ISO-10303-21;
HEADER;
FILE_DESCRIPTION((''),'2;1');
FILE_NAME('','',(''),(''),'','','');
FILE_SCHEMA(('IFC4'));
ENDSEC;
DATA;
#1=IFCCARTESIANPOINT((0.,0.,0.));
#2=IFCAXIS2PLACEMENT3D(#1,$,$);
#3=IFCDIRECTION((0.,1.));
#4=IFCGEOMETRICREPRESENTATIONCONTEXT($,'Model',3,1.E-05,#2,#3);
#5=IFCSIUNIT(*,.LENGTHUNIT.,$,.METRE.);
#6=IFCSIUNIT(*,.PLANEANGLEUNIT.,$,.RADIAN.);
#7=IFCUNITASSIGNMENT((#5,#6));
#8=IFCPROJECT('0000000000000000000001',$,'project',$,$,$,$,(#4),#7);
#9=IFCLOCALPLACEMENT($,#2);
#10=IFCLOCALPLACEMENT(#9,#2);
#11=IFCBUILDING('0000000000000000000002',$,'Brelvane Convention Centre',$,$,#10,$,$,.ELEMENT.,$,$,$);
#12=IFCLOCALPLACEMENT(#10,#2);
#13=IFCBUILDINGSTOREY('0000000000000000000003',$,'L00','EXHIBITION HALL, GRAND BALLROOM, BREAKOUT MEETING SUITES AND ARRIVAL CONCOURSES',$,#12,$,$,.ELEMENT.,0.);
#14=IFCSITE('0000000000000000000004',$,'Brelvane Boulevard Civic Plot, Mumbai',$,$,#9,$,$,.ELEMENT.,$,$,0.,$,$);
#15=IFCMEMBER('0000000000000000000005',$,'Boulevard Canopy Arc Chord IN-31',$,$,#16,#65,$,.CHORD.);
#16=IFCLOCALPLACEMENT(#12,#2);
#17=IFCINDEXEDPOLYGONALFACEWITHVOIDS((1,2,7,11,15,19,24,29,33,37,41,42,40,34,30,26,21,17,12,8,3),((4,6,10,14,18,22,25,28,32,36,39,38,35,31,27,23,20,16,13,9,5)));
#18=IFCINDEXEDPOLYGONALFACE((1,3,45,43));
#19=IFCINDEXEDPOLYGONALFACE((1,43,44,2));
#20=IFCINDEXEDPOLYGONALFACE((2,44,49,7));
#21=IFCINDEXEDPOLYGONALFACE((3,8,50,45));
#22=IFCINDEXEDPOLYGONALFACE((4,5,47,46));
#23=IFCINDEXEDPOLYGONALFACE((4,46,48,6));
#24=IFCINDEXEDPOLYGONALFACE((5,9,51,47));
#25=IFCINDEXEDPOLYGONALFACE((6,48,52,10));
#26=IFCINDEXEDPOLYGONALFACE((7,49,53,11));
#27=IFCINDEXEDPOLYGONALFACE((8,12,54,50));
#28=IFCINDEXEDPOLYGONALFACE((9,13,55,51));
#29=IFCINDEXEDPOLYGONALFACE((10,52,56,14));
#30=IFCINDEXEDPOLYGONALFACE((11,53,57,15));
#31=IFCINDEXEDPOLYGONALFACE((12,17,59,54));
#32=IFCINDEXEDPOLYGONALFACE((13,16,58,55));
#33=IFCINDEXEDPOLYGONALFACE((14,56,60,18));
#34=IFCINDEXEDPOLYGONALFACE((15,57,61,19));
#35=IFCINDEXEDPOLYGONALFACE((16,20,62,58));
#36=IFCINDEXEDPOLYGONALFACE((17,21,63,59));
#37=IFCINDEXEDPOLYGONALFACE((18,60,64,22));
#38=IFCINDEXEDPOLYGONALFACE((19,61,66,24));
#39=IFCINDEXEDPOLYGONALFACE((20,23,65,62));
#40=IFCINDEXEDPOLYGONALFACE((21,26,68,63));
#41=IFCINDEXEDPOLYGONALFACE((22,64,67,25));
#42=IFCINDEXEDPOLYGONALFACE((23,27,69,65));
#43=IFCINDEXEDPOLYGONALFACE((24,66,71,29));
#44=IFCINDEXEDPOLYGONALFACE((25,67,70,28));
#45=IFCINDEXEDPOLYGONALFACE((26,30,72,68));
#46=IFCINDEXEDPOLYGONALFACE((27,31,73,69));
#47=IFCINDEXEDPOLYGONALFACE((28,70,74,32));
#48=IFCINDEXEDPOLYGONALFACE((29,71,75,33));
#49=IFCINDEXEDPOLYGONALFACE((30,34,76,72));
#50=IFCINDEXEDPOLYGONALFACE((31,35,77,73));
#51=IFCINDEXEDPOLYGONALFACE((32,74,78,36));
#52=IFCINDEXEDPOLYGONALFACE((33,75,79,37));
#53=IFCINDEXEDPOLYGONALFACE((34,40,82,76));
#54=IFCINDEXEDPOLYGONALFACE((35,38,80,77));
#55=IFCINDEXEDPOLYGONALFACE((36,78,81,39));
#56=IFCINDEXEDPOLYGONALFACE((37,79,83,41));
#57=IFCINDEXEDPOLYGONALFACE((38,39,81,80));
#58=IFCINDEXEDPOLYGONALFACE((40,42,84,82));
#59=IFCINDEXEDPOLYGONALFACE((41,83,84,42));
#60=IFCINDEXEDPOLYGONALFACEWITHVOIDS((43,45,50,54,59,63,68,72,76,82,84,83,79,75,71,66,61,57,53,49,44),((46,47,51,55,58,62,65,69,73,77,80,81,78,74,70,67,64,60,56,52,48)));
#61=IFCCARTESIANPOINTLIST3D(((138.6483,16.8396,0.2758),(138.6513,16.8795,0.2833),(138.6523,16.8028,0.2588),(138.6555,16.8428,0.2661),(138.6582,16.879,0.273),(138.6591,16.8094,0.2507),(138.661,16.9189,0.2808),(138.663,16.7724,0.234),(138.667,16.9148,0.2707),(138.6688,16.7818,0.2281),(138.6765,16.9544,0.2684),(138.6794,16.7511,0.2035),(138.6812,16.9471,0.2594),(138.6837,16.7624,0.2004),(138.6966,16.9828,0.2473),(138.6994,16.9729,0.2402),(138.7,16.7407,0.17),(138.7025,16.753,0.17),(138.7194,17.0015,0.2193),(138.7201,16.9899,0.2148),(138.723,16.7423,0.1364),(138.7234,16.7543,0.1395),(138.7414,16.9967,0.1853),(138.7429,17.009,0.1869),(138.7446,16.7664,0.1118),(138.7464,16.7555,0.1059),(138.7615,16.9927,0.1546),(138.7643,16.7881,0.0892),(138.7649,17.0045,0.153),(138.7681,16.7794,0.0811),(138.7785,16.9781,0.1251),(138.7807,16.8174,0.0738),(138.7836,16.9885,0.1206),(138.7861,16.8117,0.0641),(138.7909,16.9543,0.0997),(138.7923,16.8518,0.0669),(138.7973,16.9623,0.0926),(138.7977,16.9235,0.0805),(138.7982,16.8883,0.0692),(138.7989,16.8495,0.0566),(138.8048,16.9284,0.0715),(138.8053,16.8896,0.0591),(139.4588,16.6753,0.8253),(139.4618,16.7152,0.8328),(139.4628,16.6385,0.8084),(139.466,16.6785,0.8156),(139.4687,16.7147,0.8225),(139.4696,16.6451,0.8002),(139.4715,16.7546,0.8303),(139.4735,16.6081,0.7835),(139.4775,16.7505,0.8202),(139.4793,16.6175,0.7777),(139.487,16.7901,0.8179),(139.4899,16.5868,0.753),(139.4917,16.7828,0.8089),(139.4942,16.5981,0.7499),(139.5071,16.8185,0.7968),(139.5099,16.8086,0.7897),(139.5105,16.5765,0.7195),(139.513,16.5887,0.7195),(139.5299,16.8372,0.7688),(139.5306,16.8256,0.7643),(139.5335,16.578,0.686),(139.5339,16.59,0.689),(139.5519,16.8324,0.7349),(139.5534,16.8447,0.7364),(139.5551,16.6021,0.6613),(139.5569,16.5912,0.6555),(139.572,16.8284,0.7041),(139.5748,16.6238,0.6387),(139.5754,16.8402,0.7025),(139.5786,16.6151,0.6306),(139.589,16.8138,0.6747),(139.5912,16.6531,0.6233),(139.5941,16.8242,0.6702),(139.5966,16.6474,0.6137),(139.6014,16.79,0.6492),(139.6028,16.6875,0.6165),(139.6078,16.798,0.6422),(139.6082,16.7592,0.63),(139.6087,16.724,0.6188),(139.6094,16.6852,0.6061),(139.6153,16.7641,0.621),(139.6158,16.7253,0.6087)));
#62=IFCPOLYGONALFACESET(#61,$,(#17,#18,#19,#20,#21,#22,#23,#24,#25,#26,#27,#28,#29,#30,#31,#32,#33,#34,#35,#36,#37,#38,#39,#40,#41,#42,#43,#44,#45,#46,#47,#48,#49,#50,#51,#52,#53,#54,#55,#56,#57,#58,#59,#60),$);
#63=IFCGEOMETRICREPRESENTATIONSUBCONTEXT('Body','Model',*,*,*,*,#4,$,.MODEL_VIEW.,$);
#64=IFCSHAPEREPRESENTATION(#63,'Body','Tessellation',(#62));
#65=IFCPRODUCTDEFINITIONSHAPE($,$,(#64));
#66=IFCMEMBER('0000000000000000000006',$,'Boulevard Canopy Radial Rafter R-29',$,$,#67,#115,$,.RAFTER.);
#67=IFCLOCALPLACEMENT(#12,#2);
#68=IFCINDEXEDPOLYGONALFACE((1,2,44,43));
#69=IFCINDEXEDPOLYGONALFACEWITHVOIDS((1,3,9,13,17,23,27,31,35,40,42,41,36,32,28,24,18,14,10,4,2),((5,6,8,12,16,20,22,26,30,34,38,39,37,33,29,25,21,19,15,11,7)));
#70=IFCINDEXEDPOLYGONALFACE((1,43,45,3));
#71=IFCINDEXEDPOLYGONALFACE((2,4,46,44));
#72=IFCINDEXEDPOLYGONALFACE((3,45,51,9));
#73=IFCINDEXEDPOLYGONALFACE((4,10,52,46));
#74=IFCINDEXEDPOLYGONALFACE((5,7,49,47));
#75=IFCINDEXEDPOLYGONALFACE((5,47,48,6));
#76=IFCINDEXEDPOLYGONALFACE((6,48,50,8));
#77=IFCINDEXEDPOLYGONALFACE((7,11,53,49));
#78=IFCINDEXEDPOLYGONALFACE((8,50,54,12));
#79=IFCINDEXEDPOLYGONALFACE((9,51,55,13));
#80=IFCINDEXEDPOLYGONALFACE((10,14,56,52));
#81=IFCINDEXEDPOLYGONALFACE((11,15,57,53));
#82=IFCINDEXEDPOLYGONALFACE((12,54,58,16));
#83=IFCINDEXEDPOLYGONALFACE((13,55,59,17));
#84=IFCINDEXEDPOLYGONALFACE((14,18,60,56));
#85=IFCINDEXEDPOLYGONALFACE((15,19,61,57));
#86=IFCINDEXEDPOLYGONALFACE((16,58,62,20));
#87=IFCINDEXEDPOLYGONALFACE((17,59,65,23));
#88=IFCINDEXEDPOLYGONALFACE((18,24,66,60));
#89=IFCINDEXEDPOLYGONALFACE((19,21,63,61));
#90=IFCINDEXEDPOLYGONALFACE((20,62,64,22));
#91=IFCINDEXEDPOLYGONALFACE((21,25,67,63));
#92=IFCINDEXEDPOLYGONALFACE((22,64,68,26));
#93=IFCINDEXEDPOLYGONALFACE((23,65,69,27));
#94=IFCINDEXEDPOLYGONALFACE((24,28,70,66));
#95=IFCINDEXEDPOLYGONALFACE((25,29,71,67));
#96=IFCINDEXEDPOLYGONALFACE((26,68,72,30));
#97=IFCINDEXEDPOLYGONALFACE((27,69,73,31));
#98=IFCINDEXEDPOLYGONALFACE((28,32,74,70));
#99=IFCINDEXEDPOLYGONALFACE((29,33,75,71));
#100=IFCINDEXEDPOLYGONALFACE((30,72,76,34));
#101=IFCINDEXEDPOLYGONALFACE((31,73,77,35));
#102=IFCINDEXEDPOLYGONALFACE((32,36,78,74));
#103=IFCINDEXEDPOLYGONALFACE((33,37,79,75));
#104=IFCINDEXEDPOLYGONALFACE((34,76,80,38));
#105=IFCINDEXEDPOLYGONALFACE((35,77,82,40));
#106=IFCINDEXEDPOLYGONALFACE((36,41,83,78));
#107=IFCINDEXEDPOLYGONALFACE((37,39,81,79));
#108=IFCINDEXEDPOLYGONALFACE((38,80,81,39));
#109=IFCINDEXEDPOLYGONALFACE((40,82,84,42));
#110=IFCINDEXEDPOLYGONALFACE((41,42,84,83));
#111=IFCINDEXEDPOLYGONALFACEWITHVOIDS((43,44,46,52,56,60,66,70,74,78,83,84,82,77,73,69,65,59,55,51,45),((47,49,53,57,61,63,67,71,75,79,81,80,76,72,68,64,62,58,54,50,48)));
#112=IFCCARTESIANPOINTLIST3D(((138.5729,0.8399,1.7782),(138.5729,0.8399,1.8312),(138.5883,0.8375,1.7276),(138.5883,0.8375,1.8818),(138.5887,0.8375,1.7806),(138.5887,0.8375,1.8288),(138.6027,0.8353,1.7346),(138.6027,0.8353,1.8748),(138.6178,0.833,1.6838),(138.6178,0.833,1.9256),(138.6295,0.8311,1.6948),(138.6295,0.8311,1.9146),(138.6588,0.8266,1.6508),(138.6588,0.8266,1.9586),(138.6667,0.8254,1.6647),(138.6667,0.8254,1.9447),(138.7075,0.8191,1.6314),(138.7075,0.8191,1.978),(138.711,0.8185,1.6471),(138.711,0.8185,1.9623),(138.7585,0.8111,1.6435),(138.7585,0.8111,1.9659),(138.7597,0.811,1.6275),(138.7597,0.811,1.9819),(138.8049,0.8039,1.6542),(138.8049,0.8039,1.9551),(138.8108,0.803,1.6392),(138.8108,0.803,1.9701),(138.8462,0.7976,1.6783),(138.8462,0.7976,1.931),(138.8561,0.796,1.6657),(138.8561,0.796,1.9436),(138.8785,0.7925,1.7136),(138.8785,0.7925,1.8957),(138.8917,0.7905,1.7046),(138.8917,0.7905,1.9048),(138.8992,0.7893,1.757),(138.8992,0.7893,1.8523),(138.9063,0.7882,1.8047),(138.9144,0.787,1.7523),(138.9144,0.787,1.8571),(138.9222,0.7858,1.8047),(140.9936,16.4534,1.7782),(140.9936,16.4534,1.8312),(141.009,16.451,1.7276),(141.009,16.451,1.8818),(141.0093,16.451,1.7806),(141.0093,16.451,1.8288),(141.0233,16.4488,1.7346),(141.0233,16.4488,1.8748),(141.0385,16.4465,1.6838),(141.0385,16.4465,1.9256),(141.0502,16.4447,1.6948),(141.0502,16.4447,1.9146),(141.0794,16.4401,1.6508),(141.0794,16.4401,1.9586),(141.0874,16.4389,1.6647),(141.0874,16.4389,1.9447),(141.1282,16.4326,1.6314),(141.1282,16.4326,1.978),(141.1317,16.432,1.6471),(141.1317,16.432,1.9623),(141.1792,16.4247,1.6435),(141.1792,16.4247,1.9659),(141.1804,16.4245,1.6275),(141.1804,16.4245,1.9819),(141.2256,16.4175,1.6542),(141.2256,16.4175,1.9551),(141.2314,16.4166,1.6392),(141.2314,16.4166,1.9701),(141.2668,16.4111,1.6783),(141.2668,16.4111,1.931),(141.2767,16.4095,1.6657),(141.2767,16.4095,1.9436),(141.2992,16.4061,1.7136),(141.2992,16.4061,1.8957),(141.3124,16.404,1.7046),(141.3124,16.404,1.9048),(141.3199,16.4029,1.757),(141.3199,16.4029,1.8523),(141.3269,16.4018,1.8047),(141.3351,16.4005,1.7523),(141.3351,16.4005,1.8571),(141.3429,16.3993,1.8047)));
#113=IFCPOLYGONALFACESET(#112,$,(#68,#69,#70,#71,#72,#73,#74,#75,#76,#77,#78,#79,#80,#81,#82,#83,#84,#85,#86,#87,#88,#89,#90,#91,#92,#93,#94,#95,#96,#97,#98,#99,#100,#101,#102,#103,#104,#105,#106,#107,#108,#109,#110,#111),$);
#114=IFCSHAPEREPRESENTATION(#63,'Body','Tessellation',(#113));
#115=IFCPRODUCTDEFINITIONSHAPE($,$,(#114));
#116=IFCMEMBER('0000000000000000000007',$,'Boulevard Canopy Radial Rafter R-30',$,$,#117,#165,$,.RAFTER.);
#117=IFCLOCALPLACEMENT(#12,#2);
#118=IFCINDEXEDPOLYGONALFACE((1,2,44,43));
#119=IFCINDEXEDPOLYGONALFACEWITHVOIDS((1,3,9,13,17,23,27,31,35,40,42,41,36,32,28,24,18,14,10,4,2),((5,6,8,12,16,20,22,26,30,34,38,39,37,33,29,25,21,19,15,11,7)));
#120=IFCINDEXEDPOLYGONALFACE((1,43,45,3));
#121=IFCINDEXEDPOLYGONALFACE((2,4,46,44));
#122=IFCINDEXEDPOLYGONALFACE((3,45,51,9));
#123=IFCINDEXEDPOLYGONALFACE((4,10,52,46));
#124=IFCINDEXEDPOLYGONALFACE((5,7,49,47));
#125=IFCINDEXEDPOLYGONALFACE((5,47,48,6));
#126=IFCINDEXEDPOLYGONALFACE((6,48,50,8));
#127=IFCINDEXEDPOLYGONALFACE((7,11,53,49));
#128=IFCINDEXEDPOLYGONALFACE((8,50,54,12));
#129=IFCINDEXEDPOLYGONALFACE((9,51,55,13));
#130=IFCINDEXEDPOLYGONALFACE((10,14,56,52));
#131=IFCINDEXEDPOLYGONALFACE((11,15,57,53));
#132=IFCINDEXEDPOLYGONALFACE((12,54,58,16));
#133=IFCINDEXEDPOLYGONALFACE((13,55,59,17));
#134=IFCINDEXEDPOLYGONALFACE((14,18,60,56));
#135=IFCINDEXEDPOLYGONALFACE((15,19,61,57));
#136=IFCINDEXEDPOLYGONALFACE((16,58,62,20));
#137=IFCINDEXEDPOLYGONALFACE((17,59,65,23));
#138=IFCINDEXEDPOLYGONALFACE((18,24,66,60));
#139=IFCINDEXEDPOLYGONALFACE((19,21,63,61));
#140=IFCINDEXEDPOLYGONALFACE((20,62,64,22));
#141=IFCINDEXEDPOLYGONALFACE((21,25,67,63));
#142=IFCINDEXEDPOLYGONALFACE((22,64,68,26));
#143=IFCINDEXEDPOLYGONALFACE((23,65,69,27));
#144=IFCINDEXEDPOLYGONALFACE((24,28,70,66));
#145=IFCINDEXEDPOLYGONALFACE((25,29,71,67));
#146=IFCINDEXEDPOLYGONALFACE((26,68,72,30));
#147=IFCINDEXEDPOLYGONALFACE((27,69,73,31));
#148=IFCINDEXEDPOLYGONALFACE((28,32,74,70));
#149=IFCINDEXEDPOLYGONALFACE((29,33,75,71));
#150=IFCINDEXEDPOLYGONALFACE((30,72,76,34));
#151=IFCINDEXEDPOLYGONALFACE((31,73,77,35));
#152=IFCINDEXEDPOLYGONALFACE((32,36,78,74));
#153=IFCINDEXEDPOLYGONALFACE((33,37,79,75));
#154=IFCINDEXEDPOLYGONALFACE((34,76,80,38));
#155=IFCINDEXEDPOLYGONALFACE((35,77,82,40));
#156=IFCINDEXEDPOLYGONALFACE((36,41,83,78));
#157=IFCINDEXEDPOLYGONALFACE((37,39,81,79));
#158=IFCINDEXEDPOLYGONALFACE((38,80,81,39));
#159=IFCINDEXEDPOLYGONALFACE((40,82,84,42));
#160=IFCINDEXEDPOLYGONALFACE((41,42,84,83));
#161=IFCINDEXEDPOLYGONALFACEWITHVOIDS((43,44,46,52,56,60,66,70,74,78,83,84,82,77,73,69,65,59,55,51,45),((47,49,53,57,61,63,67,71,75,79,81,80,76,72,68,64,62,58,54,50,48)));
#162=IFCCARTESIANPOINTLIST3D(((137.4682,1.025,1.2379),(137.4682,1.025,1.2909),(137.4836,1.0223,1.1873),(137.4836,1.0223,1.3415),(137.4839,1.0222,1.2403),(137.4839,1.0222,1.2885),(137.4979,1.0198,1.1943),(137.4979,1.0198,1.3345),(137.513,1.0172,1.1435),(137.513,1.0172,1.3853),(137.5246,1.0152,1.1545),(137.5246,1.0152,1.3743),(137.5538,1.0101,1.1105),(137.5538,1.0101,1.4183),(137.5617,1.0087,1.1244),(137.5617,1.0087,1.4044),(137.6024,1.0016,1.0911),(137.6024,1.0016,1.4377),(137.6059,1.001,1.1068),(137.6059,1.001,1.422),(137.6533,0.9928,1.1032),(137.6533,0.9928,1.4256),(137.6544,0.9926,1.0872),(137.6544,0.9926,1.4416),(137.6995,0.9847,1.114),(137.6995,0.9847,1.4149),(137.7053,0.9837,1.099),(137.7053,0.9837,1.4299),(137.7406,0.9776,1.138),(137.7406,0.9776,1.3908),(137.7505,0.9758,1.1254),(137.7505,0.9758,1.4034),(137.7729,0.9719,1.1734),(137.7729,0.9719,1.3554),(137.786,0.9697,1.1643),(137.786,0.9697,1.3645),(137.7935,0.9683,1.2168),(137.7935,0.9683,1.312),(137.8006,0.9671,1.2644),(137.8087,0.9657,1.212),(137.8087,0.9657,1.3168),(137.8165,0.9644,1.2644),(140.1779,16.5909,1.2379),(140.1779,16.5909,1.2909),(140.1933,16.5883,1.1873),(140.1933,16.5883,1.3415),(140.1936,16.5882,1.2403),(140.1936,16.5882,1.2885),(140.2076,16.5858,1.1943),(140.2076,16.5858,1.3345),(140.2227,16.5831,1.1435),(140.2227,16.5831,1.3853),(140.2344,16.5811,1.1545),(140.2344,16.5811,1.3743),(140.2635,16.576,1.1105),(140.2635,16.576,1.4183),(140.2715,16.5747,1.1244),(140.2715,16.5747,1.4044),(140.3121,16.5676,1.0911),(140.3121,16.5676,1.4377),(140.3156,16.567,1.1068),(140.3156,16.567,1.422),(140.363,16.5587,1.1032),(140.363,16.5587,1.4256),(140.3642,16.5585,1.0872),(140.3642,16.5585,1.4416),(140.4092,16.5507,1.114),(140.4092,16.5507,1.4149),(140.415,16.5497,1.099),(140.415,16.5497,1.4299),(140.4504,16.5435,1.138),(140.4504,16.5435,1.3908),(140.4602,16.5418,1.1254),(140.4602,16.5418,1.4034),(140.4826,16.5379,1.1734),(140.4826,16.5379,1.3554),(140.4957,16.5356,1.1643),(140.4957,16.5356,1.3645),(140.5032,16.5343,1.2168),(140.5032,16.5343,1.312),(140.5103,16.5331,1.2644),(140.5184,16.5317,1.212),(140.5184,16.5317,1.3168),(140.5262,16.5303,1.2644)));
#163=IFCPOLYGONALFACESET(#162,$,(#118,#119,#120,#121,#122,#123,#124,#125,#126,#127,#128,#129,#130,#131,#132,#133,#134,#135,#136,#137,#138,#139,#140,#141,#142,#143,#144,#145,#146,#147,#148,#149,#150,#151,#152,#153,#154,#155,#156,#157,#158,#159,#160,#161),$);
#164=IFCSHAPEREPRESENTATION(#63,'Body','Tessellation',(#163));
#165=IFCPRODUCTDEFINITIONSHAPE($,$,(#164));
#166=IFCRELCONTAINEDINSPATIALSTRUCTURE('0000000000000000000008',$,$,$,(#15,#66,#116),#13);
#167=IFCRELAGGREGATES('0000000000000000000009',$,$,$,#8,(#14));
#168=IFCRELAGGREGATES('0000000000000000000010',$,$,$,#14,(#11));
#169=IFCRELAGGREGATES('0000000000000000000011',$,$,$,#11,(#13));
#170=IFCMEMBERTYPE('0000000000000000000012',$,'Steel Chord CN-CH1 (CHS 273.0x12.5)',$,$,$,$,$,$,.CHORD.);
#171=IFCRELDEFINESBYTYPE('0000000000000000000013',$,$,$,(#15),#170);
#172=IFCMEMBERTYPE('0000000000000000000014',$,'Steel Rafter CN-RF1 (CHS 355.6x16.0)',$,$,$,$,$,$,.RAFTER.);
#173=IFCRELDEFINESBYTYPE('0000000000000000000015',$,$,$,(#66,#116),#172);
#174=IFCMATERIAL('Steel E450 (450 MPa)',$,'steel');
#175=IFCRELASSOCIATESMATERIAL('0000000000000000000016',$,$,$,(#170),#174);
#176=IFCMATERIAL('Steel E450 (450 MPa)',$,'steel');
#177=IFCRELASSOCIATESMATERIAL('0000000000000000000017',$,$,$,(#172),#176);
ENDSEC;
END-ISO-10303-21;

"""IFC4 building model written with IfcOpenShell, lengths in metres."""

from ifc_helpers import new_model, si_unit, direction, frame, origin, origin_2d, place, context, subcontext, project, spatial, hollow_circle, extrude, material, material_profile, profile_set, type_object, element, save


model = new_model("IFC4")

# Units and contexts
model_context = context("Model", 3, precision=1e-05, world=origin(), true_north=direction((0.0, 1.0)))
body_context = subcontext(model_context, "Body", "Model", "MODEL_VIEW")
ifc_project = project(units=[si_unit("LENGTHUNIT", "METRE"), si_unit("PLANEANGLEUNIT", "RADIAN")], contexts=[model_context])

# Site, building, storey
site_placement = place(None, origin())
site = spatial("IfcSite", under=ifc_project, at=site_placement, Name="Brelvane Boulevard Civic Plot, Mumbai", CompositionType="ELEMENT", RefElevation=0.0)
building_placement = place(site_placement, origin())
building = spatial("IfcBuilding", under=site, at=building_placement, Name="Brelvane Convention Centre", CompositionType="ELEMENT")
storey_placement = place(building_placement, origin())
storey = spatial("IfcBuildingStorey", under=building, at=storey_placement, Name="L00", Description="EXHIBITION HALL, GRAND BALLROOM, BREAKOUT MEETING SUITES AND ARRIVAL CONCOURSES", CompositionType="ELEMENT", Elevation=0.0)

# Members
ifc_material_1 = material(Name="Steel E450 (450 MPa)", Category="steel")
ifc_material_profile_1 = material_profile(ifc_material_1, hollow_circle(Radius=0.1365, WallThickness=0.0125, at=origin_2d()), Name="CHS 273.0x12.5")
ifc_profile_set_1 = profile_set([ifc_material_profile_1], Name="Steel E450 (450 MPa)")
member_type_1 = type_object("IfcMemberType", Name="Steel Chord CN-CH1 (CHS 273.0x12.5)", PredefinedType="CHORD", material=ifc_profile_set_1)
member_1_placement = place(storey_placement, frame((139.5376, 16.7102, 0.7195), z_axis=(-0.816281, 0.165469, -0.553448), x_axis=(-0.19867, -0.980066, 0.0)))
element("IfcMember", 1, at=member_1_placement, inside=storey, type_object=member_type_1, Name="Boulevard Canopy Arc Chord IN-31", PredefinedType="CHORD", context=body_context, shape_type="SweptSolid", body=[
    extrude(hollow_circle(Radius=0.1365, WallThickness=0.0125, at=origin_2d()), origin(), (0.0, 0.0, 1.0), 0.9929),
])
ifc_material_2 = material(Name="Steel E450 (450 MPa)", Category="steel")
ifc_material_profile_2 = material_profile(ifc_material_2, hollow_circle(Radius=0.1777, WallThickness=0.0161, at=origin_2d()), Name="CHS 355.6x16.0")
ifc_profile_set_2 = profile_set([ifc_material_profile_2], Name="Steel E450 (450 MPa)")
member_type_2 = type_object("IfcMemberType", Name="Steel Rafter CN-RF1 (CHS 355.6x16.0)", PredefinedType="RAFTER", material=ifc_profile_set_2)
for number, where, z_axis, x_axis, name in (
    (2, (141.1672, 16.4265, 1.8047), (-0.153205, -0.988194, 0.0), (0.988194, -0.153205, 0.0), "Boulevard Canopy Radial Rafter R-29"),
    (3, (140.3511, 16.5608, 1.2644), (-0.171501, -0.985184, 0.0), (0.985184, -0.171501, 0.0), "Boulevard Canopy Radial Rafter R-30"),
):
    element("IfcMember", number, at=place(storey_placement, frame(where, z_axis=z_axis, x_axis=x_axis)), inside=storey, type_object=member_type_2, Name=name, PredefinedType="RAFTER", context=body_context, shape_type="SweptSolid", body=[
        extrude(hollow_circle(Radius=0.1777, WallThickness=0.0161, at=origin_2d()), origin(), (0.0, 0.0, 1.0), 15.8),
    ])

save(model, "model.ifc")
